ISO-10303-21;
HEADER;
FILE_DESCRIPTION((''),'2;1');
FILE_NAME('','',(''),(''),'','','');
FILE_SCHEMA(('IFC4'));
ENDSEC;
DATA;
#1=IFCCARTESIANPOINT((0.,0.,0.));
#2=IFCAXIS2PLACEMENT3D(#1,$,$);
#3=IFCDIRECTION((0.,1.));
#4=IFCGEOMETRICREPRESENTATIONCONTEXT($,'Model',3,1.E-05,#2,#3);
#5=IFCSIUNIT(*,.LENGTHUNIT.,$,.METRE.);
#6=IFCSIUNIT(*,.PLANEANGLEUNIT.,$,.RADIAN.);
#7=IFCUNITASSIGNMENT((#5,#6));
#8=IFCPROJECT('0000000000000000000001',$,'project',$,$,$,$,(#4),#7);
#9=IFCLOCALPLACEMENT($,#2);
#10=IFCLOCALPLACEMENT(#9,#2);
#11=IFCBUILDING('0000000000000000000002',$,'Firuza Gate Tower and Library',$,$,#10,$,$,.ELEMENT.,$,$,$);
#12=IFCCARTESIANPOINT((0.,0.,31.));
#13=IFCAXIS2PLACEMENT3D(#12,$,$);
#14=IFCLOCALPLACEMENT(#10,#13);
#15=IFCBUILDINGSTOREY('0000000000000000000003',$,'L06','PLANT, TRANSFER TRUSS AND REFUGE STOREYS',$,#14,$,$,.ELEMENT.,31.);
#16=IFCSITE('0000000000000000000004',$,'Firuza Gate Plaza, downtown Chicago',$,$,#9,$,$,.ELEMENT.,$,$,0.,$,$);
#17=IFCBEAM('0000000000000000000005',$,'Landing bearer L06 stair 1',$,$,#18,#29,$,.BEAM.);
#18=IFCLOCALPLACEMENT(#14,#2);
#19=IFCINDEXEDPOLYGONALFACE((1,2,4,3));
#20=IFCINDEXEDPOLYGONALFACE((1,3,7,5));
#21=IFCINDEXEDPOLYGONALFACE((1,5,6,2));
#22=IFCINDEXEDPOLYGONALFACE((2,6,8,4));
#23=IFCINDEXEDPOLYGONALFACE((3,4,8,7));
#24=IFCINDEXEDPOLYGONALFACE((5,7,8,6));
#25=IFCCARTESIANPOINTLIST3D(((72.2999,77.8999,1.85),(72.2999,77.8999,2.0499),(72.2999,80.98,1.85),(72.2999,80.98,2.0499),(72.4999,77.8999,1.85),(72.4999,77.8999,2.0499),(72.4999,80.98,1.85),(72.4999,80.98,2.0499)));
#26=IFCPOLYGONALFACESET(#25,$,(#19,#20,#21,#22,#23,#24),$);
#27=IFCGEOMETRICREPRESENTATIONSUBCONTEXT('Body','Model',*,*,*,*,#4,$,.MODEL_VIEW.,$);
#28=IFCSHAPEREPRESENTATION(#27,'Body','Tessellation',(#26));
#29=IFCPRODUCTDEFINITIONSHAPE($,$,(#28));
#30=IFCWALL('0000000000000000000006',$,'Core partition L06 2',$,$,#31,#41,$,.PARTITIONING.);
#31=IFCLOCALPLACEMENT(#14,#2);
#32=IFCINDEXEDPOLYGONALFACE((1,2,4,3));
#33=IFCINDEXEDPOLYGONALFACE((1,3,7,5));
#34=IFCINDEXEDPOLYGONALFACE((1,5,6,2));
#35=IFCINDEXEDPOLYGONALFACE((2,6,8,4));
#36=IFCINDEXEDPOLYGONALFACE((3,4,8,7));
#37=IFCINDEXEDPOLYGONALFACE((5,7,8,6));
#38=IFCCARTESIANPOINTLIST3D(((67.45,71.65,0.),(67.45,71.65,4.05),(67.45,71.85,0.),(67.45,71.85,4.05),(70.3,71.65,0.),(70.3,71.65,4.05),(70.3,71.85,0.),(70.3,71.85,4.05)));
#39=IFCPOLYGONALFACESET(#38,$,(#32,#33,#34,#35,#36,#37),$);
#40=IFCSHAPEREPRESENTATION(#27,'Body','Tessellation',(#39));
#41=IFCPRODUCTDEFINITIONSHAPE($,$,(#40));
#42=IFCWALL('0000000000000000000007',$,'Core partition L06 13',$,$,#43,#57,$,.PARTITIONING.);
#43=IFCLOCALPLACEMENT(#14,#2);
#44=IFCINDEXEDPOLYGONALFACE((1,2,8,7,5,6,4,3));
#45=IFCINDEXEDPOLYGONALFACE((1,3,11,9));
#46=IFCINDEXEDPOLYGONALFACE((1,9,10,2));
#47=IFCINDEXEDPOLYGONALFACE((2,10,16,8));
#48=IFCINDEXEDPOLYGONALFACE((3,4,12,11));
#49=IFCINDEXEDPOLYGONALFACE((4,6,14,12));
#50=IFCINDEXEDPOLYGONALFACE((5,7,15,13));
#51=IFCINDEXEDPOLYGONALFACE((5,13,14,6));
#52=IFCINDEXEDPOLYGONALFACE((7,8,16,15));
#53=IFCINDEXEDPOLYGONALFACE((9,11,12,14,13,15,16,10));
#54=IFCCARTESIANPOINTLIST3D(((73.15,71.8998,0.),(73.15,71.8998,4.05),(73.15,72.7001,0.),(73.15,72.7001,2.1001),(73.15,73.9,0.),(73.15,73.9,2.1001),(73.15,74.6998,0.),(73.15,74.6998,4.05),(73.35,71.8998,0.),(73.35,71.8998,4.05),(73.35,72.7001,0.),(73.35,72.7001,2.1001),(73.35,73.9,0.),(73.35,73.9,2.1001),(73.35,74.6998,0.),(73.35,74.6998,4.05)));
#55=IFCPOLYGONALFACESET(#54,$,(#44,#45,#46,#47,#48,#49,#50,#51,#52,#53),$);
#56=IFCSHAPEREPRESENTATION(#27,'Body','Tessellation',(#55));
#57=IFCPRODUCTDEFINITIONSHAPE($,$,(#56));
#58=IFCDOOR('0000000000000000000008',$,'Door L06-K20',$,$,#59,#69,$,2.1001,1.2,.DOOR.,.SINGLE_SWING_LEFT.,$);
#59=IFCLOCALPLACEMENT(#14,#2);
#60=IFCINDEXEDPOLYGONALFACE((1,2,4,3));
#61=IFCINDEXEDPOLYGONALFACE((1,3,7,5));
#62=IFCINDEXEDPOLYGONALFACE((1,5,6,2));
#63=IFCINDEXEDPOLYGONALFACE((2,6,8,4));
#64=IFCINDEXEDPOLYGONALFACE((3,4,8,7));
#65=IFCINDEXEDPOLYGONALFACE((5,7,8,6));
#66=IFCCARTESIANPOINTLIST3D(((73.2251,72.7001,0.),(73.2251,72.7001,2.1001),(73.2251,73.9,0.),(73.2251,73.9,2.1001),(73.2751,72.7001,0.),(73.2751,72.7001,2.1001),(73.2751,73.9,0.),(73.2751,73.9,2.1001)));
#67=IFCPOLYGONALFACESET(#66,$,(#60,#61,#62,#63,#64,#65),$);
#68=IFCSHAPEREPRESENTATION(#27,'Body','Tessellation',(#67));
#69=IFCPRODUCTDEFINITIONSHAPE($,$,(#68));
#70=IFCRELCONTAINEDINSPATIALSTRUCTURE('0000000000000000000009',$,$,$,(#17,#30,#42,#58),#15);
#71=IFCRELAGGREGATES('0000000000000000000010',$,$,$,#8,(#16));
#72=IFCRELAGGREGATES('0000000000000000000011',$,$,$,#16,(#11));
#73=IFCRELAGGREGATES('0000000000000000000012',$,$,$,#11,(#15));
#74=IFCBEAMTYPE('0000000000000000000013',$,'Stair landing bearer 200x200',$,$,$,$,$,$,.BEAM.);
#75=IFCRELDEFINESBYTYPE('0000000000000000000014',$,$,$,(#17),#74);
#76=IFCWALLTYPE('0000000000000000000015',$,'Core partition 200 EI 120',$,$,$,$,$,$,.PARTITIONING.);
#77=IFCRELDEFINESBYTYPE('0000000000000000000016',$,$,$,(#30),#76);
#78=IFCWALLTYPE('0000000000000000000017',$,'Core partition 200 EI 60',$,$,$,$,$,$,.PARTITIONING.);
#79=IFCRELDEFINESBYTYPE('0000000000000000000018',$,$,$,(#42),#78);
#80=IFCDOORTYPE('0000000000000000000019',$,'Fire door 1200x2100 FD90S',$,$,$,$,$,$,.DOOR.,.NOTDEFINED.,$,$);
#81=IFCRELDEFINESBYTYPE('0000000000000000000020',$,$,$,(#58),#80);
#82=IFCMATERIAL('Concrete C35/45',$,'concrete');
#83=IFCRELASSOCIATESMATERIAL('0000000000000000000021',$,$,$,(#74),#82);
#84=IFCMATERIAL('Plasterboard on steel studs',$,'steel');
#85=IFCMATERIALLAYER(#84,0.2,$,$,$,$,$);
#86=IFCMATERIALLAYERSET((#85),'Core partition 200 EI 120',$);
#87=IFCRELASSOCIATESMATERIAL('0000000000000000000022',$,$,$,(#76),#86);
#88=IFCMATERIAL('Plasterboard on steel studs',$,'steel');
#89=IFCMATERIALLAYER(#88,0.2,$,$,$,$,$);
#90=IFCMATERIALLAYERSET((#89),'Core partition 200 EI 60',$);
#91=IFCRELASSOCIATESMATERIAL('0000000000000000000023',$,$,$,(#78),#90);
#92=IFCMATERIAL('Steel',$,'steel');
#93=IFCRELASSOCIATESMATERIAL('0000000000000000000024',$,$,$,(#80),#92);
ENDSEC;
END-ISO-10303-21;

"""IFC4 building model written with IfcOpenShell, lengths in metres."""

from ifc_helpers import new_model, si_unit, direction, frame, frame_2d, origin, origin_2d, place, context, subcontext, project, spatial, rectangle, extrude, material, layer, layer_set, material_profile, profile_set, type_object, element, fill, save


model = new_model("IFC4")

# Units and contexts
model_context = context("Model", 3, precision=1e-05, world=origin(), true_north=direction((0.0, 1.0)))
body_context = subcontext(model_context, "Body", "Model", "MODEL_VIEW")
ifc_project = project(units=[si_unit("LENGTHUNIT", "METRE"), si_unit("PLANEANGLEUNIT", "RADIAN")], contexts=[model_context])

# Site, building, storey
site_placement = place(None, origin())
site = spatial("IfcSite", under=ifc_project, at=site_placement, Name="Firuza Gate Plaza, downtown Chicago", CompositionType="ELEMENT", RefElevation=0.0)
building_placement = place(site_placement, origin())
building = spatial("IfcBuilding", under=site, at=building_placement, Name="Firuza Gate Tower and Library", CompositionType="ELEMENT")
storey_placement = place(building_placement, frame((0.0, 0.0, 31.0)))
storey = spatial("IfcBuildingStorey", under=building, at=storey_placement, Name="L06", Description="PLANT, TRANSFER TRUSS AND REFUGE STOREYS", CompositionType="ELEMENT", Elevation=31.0)

# Beam
ifc_material_1 = material(Name="Concrete C35/45", Category="concrete")
ifc_material_profile = material_profile(ifc_material_1, rectangle(XDim=0.2, YDim=0.2, at=origin_2d()))
ifc_profile_set = profile_set([ifc_material_profile], Name="Concrete C35/45")
beam_type = type_object("IfcBeamType", Name="Stair landing bearer 200x200", PredefinedType="BEAM", material=ifc_profile_set)
beam_placement = place(storey_placement, frame((72.3999, 77.8999, 1.95), z_axis=(0.0, 1.0, 0.0), x_axis=(-1.0, 0.0, 0.0)))
element("IfcBeam", 1, at=beam_placement, inside=storey, type_object=beam_type, Name="Landing bearer L06 stair 1", PredefinedType="BEAM", context=body_context, shape_type="SweptSolid", body=[
    extrude(rectangle(XDim=0.2, YDim=0.2, at=origin_2d()), origin(), (0.0, 0.0, 1.0), 3.0801),
])

# Wall
ifc_material_2 = material(Name="Plasterboard on steel studs", Category="steel")
ifc_layer_1 = layer(ifc_material_2, 0.2)
ifc_layer_set_1 = layer_set([ifc_layer_1], Name="Core partition 200 EI 120")
wall_type_1 = type_object("IfcWallType", Name="Core partition 200 EI 120", PredefinedType="PARTITIONING", material=ifc_layer_set_1)
wall_1_placement = place(storey_placement, frame((67.45, 71.75, 0.0), z_axis=(0.0, 0.0, 1.0), x_axis=(1.0, 0.0, 0.0)))
element("IfcWall", 2, at=wall_1_placement, inside=storey, type_object=wall_type_1, Name="Core partition L06 2", PredefinedType="PARTITIONING", context=body_context, shape_type="SweptSolid", body=[
    extrude(rectangle(XDim=2.8501, YDim=0.2, at=frame_2d((1.425, 0.0))), origin(), (0.0, 0.0, 1.0), 4.05),
])

# Wall, opening, door
ifc_material_3 = material(Name="Plasterboard on steel studs", Category="steel")
ifc_layer_2 = layer(ifc_material_3, 0.2)
ifc_layer_set_2 = layer_set([ifc_layer_2], Name="Core partition 200 EI 60")
wall_type_2 = type_object("IfcWallType", Name="Core partition 200 EI 60", PredefinedType="PARTITIONING", material=ifc_layer_set_2)
wall_2_placement = place(storey_placement, frame((73.25, 71.8999, 0.0), z_axis=(0.0, 0.0, 1.0), x_axis=(0.0, 1.0, 0.0)))
wall_2 = element("IfcWall", 3, at=wall_2_placement, inside=storey, type_object=wall_type_2, Name="Core partition L06 13", PredefinedType="PARTITIONING", context=body_context, shape_type="SweptSolid", body=[
    extrude(rectangle(XDim=2.8, YDim=0.2, at=frame_2d((1.3999, 0.0))), origin(), (0.0, 0.0, 1.0), 4.05),
])
opening_1_placement = place(wall_2_placement, frame((0.8, 0.0, 0.0)))
opening_1 = element("IfcOpeningElement", 4, at=opening_1_placement, cuts=wall_2, PredefinedType="OPENING", context=body_context, shape_type="SweptSolid", body=[
    extrude(rectangle(XDim=1.2, YDim=2.1001, at=frame_2d((0.6001, 1.05))), frame((0.0, 0.1099, 0.0), z_axis=(0.0, -1.0, 0.0), x_axis=(1.0, 0.0, 0.0)), (0.0, 0.0, 1.0), 0.22),
])
ifc_material_4 = material(Name="Steel", Category="steel")
door_type_1 = type_object("IfcDoorType", Name="Fire door 1200x2100 FD90S", OperationType="NOTDEFINED", PredefinedType="DOOR", material=ifc_material_4)
door_1_placement = place(opening_1_placement, origin())
door_1 = element("IfcDoor", 5, at=door_1_placement, inside=storey, type_object=door_type_1, Name="Door L06-K20", OperationType="SINGLE_SWING_LEFT", OverallHeight=2.1001, OverallWidth=1.2, PredefinedType="DOOR", context=body_context, shape_type="SweptSolid", body=[
    extrude(rectangle(XDim=1.2, YDim=2.1001, at=frame_2d((0.6001, 1.05))), frame((0.0, 0.0249, 0.0), z_axis=(0.0, -1.0, 0.0), x_axis=(1.0, 0.0, 0.0)), (0.0, 0.0, 1.0), 0.05),
])
fill(opening_1, door_1)

save(model, "model.ifc")
